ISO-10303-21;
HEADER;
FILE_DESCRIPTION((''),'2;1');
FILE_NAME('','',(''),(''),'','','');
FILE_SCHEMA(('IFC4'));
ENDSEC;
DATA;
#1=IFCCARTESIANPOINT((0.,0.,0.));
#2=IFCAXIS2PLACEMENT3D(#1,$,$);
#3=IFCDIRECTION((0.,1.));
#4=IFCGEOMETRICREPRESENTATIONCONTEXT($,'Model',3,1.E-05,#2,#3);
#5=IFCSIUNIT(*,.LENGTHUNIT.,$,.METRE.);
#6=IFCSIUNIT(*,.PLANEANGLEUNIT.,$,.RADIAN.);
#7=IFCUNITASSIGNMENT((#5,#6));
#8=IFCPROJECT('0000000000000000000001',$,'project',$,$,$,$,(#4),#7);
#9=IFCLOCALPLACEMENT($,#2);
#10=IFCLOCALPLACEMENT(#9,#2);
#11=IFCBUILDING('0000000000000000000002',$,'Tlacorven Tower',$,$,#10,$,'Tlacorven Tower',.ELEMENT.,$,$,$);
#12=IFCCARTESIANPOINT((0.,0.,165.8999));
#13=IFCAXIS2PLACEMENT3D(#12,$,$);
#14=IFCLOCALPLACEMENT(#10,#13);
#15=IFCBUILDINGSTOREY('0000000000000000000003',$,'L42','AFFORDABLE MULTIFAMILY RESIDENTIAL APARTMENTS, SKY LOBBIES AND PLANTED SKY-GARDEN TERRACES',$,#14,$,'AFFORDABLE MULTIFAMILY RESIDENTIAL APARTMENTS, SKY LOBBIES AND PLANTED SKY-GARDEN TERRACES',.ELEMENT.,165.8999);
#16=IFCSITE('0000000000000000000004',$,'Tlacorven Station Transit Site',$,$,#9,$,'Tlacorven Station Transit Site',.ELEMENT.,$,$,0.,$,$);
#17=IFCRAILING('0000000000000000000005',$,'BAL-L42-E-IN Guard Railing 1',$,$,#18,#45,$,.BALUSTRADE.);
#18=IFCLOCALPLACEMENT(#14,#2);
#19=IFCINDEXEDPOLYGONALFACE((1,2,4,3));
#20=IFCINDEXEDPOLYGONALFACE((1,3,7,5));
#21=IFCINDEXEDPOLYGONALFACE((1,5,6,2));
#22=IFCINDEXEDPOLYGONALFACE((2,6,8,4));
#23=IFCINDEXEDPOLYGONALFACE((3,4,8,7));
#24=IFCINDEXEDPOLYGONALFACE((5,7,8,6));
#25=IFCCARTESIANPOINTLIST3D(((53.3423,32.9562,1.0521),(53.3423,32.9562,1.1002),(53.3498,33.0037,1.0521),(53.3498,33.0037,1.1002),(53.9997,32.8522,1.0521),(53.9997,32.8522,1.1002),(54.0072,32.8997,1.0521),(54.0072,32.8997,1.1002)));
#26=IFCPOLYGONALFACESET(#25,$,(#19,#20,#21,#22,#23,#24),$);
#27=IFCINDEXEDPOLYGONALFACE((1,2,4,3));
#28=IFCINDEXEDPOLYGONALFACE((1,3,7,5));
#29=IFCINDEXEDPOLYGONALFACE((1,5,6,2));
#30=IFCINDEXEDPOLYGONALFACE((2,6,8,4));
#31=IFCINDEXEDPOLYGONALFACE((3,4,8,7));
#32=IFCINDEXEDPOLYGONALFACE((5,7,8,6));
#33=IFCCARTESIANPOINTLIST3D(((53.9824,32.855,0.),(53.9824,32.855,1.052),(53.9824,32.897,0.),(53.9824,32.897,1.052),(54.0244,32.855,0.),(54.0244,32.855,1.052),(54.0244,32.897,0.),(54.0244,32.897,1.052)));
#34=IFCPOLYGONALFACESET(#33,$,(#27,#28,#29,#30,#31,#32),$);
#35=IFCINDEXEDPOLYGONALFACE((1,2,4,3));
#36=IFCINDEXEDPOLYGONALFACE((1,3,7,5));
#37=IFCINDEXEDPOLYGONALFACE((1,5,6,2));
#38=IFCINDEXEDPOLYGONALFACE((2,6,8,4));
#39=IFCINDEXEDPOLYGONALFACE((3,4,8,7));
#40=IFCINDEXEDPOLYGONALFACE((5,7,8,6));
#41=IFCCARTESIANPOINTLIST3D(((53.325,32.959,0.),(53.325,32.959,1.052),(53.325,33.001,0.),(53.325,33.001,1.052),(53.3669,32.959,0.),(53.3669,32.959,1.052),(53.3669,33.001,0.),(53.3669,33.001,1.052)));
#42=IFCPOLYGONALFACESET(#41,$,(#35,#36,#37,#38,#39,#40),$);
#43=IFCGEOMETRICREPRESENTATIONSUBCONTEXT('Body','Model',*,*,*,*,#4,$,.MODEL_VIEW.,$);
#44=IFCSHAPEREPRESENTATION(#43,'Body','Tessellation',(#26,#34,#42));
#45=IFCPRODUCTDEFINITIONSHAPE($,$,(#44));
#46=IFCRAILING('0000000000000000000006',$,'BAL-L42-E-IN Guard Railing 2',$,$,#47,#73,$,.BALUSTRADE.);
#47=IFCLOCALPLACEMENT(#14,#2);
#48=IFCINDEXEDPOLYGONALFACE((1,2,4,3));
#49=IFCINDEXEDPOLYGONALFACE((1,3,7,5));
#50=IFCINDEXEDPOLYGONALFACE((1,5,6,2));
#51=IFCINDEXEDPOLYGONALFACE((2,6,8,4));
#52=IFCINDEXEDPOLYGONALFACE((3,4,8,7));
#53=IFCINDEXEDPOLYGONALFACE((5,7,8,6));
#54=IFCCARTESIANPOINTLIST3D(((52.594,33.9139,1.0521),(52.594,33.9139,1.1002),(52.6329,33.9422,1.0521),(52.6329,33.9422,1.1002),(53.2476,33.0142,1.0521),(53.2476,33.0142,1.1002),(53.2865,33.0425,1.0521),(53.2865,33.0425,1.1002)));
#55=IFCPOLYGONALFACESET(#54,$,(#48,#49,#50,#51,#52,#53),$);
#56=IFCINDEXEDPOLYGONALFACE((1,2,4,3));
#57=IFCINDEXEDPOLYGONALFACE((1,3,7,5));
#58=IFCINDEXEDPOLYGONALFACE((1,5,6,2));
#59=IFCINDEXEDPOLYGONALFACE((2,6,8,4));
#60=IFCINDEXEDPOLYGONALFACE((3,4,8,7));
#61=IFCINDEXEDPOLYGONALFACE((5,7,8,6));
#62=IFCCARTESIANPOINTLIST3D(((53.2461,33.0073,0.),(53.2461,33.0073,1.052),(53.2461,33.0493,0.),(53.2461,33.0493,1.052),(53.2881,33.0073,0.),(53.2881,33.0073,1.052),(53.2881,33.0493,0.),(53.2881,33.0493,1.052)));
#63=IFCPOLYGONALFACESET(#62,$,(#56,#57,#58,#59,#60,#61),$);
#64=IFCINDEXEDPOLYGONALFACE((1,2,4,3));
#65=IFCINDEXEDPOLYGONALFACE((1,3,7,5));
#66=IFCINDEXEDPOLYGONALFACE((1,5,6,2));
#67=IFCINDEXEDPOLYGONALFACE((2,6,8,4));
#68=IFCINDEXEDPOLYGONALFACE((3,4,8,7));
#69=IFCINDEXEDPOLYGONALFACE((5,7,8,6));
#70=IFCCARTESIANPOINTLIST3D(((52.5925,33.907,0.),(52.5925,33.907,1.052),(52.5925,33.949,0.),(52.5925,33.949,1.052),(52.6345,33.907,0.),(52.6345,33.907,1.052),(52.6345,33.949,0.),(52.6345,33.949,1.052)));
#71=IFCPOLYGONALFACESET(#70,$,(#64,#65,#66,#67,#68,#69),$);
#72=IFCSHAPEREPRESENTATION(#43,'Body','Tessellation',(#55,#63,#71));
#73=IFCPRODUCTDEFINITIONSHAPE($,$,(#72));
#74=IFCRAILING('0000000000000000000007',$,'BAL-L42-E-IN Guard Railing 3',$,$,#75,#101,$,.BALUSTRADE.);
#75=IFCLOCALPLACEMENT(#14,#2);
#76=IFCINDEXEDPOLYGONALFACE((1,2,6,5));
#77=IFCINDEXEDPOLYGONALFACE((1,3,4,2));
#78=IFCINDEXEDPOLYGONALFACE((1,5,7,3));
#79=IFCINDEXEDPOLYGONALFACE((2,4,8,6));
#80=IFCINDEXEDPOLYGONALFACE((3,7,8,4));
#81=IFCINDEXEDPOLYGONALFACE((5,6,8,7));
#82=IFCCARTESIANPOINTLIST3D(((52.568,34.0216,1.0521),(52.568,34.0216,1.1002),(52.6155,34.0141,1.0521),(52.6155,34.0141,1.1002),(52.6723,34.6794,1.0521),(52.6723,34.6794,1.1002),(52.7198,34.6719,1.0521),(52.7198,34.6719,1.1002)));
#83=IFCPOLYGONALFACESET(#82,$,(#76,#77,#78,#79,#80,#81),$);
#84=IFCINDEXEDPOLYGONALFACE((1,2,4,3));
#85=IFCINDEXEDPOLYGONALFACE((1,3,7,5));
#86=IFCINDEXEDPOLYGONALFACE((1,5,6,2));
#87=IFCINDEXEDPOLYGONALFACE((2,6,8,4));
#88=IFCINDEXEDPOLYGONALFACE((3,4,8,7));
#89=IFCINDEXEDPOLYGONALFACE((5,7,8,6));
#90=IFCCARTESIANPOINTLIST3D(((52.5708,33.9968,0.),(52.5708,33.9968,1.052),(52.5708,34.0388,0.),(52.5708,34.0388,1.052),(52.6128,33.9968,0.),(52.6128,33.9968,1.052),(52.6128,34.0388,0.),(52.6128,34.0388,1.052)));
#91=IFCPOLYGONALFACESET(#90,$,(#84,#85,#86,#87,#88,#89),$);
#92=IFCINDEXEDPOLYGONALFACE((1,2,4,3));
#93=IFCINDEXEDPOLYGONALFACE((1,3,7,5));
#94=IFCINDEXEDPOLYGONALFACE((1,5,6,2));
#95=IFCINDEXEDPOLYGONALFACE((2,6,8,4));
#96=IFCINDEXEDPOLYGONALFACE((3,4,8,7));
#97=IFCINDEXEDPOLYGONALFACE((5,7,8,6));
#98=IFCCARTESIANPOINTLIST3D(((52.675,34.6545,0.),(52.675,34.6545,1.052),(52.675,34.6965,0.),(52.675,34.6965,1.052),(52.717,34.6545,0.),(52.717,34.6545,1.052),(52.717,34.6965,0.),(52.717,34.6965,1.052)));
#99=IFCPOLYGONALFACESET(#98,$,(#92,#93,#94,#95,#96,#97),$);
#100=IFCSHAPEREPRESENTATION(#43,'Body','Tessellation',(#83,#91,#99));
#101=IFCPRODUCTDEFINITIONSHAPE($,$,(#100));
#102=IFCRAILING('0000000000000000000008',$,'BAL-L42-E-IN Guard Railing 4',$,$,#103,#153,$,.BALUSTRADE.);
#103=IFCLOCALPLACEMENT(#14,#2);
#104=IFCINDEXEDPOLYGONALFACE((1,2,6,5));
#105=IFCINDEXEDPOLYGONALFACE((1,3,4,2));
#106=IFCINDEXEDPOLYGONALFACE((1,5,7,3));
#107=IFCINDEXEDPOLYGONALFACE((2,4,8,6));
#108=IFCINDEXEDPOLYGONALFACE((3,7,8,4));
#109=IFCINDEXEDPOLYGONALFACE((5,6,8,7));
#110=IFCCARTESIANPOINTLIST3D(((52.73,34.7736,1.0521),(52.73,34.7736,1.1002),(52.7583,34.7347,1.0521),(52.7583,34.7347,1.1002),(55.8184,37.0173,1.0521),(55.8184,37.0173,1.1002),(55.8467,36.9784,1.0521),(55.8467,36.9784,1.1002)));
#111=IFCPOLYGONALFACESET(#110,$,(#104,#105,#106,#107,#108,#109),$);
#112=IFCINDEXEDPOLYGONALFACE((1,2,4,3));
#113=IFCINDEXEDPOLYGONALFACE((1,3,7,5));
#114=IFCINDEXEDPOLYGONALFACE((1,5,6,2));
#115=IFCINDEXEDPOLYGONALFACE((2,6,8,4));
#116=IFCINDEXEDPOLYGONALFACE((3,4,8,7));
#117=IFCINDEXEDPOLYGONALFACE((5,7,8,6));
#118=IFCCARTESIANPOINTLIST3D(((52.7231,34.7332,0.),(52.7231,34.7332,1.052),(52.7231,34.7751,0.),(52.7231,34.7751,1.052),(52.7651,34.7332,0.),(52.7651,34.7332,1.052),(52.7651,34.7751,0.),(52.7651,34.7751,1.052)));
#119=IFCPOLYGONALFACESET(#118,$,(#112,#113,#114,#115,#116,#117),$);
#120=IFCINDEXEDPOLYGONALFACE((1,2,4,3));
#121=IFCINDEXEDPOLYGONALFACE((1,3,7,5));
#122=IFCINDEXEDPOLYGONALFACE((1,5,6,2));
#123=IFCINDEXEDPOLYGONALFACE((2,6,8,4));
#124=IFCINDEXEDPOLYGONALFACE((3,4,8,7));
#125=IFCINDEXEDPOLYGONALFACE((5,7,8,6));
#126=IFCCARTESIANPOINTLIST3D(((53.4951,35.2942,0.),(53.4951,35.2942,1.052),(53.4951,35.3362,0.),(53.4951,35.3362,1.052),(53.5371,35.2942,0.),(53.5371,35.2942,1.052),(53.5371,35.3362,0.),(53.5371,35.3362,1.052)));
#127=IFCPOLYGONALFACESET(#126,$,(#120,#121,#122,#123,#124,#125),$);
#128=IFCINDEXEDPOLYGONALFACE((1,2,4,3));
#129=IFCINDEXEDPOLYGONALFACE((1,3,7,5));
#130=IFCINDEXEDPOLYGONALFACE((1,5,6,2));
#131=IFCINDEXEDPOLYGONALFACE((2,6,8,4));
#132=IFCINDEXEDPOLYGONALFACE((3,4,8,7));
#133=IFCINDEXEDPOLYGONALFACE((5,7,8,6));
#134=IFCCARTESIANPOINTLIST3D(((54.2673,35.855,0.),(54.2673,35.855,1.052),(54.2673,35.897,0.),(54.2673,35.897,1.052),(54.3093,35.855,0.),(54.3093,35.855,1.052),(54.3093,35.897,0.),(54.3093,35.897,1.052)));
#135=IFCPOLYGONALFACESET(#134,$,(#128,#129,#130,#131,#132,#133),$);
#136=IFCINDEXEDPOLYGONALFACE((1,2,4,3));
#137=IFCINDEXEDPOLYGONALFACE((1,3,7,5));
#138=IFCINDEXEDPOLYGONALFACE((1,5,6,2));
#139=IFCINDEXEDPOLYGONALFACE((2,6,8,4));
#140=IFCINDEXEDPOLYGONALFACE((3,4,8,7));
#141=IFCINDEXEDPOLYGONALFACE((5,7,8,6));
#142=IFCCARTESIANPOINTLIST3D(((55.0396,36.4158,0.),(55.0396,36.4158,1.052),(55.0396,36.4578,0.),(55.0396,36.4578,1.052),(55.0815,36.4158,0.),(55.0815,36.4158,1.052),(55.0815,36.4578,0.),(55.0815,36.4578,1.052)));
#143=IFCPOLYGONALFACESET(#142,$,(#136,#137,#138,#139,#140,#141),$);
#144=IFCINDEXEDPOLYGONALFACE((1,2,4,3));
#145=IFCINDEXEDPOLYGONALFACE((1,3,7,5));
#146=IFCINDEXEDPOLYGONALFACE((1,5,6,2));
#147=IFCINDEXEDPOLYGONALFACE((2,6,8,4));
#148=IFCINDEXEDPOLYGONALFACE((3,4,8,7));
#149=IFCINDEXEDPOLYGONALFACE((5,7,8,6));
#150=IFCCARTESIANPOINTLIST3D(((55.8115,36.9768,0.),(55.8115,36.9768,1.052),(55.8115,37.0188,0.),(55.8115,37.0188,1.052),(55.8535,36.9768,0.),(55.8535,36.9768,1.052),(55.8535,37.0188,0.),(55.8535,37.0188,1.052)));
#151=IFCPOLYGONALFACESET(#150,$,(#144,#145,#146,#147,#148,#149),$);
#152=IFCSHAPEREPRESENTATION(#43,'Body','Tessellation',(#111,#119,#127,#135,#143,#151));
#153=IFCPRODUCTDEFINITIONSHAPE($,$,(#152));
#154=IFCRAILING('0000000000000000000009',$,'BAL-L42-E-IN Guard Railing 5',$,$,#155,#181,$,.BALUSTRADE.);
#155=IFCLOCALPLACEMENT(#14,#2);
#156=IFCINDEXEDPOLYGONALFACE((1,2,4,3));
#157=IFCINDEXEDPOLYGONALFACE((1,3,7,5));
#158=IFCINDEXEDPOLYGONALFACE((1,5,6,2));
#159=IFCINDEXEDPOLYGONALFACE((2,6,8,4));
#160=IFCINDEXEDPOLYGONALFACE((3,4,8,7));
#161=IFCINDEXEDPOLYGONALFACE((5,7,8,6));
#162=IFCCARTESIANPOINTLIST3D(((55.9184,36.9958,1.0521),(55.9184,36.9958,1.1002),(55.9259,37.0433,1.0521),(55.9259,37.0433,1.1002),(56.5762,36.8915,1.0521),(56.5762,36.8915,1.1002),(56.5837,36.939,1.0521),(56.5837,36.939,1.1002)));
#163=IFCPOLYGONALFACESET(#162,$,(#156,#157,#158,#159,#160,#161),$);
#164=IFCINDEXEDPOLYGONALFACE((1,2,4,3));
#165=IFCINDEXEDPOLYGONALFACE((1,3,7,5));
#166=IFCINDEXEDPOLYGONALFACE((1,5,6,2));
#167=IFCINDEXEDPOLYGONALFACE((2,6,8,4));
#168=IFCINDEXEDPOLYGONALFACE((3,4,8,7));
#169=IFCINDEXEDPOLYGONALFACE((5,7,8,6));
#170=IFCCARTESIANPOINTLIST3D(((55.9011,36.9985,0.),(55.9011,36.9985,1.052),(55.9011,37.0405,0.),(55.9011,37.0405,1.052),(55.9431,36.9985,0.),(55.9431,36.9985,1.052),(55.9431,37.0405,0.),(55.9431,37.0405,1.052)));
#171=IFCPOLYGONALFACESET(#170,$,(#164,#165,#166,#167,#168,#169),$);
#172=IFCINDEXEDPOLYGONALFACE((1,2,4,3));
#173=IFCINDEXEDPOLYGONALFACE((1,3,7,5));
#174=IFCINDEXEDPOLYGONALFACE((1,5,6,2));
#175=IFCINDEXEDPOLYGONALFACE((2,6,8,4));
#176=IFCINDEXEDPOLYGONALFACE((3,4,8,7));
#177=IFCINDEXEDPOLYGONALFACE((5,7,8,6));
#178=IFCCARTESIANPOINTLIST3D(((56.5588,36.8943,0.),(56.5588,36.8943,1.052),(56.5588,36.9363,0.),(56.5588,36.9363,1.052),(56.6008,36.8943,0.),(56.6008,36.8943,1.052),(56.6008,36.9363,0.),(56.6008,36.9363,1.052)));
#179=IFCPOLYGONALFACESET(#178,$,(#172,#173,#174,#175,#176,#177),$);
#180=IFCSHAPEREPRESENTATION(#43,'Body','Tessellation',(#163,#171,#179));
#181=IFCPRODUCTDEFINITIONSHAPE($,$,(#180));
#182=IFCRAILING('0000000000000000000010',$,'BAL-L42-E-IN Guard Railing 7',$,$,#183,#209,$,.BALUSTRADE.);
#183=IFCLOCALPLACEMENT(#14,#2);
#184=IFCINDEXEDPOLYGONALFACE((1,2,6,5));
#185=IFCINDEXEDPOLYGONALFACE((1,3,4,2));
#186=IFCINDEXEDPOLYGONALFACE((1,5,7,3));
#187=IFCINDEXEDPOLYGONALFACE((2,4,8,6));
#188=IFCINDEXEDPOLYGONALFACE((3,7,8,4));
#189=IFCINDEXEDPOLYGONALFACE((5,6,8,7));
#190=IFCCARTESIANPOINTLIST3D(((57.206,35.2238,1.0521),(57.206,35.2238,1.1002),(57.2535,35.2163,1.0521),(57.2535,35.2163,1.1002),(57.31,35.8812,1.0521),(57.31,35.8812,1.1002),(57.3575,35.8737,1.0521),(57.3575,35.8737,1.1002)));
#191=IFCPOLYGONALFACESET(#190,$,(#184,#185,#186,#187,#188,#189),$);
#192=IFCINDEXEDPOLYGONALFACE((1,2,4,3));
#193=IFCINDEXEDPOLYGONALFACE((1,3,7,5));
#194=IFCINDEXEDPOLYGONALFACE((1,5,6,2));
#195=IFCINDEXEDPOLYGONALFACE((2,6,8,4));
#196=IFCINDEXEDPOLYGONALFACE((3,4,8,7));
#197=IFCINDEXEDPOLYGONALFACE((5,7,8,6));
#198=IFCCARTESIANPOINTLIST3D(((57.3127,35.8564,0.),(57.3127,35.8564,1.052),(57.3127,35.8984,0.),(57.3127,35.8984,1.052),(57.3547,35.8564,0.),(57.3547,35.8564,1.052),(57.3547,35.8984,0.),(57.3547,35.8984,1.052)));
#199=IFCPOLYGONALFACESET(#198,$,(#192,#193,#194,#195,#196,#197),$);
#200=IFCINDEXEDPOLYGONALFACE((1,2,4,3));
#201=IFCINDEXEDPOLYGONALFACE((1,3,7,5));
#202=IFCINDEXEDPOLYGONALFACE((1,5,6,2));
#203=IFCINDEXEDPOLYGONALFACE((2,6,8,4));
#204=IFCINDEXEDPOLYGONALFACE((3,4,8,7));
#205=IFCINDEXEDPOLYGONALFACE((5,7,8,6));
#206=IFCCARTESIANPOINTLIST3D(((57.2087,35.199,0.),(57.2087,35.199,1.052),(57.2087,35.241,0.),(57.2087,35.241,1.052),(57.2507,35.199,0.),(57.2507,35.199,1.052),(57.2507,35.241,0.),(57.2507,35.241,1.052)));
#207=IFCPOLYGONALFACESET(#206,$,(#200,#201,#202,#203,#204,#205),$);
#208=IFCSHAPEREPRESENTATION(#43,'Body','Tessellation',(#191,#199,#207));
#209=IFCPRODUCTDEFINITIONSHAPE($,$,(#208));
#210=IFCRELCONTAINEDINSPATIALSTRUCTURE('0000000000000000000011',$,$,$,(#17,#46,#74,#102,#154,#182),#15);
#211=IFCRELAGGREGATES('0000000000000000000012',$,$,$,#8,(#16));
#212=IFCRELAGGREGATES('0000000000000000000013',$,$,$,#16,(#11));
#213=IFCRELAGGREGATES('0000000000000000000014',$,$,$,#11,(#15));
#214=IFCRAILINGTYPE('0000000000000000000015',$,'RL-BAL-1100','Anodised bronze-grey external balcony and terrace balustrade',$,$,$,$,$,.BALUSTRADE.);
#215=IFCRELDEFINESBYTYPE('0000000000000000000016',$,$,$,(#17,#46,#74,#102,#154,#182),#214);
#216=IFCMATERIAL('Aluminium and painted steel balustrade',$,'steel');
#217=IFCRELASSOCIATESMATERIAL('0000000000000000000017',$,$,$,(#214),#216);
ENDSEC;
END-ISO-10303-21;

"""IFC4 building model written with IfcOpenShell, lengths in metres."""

from ifc_helpers import new_model, si_unit, direction, frame, origin, origin_2d, place, context, subcontext, project, spatial, rectangle, extrude, source, transform, mapped, material, type_object, element, save


model = new_model("IFC4")

# Units and contexts
model_context = context("Model", 3, precision=1e-05, world=origin(), true_north=direction((0.0, 1.0)))
body_context = subcontext(model_context, "Body", "Model", "MODEL_VIEW")
ifc_project = project(units=[si_unit("LENGTHUNIT", "METRE"), si_unit("PLANEANGLEUNIT", "RADIAN")], contexts=[model_context])

# Site, building, storey
site_placement = place(None, origin())
site = spatial("IfcSite", under=ifc_project, at=site_placement, Name="Tlacorven Station Transit Site", LongName="Tlacorven Station Transit Site", CompositionType="ELEMENT", RefElevation=0.0)
building_placement = place(site_placement, origin())
building = spatial("IfcBuilding", under=site, at=building_placement, Name="Tlacorven Tower", LongName="Tlacorven Tower", CompositionType="ELEMENT")
storey_placement = place(building_placement, frame((0.0, 0.0, 165.8999)))
storey = spatial("IfcBuildingStorey", under=building, at=storey_placement, Name="L42", Description="AFFORDABLE MULTIFAMILY RESIDENTIAL APARTMENTS, SKY LOBBIES AND PLANTED SKY-GARDEN TERRACES", LongName="AFFORDABLE MULTIFAMILY RESIDENTIAL APARTMENTS, SKY LOBBIES AND PLANTED SKY-GARDEN TERRACES", CompositionType="ELEMENT", Elevation=165.8999)

# Railings
ifc_material_1 = material(Name="Aluminium and painted steel balustrade", Category="steel")
railing_type_1 = type_object("IfcRailingType", Name="RL-BAL-1100", Description="Anodised bronze-grey external balcony and terrace balustrade", PredefinedType="BALUSTRADE", material=ifc_material_1)
shared_shape_1 = source(origin(), body_context, "Body", "SweptSolid", [
    extrude(rectangle(XDim=0.0481, YDim=0.0481, at=origin_2d()), frame((0.0, 0.0, 1.0762), z_axis=(-0.987718, 0.156245, 0.0), x_axis=(-0.156245, -0.987718, 0.0)), (0.0, 0.0, 1.0), 0.6655),
    extrude(rectangle(XDim=0.042, YDim=0.042, at=origin_2d()), origin(), (0.0, 0.0, 1.0), 1.052),
    extrude(rectangle(XDim=0.042, YDim=0.042, at=origin_2d()), frame((-0.6575, 0.104, 0.0)), (0.0, 0.0, 1.0), 1.052),
])
railing_1_placement = place(storey_placement, frame((54.0034, 32.876, 0.0)))
element("IfcRailing", 1, at=railing_1_placement, inside=storey, type_object=railing_type_1, Name="BAL-L42-E-IN Guard Railing 1", PredefinedType="BALUSTRADE", context=body_context, shape_type="MappedRepresentation", body=[
    mapped(shared_shape_1, transform((0.0, 0.0, 0.0), scale=1.0)),
])
shared_shape_2 = source(origin(), body_context, "Body", "SweptSolid", [
    extrude(rectangle(XDim=0.0481, YDim=0.0481, at=origin_2d()), frame((0.0, 0.0, 1.0762), z_axis=(-0.587741, 0.809049, 0.0), x_axis=(-0.809049, -0.587741, 0.0)), (0.0, 0.0, 1.0), 1.1121),
    extrude(rectangle(XDim=0.042, YDim=0.042, at=origin_2d()), origin(), (0.0, 0.0, 1.0), 1.052),
    extrude(rectangle(XDim=0.042, YDim=0.042, at=origin_2d()), frame((-0.6536, 0.8997, 0.0)), (0.0, 0.0, 1.0), 1.052),
])
railing_2_placement = place(storey_placement, frame((53.2671, 33.0283, 0.0)))
element("IfcRailing", 2, at=railing_2_placement, inside=storey, type_object=railing_type_1, Name="BAL-L42-E-IN Guard Railing 2", PredefinedType="BALUSTRADE", context=body_context, shape_type="MappedRepresentation", body=[
    mapped(shared_shape_2, transform((0.0, 0.0, 0.0), scale=1.0)),
])
shared_shape_3 = source(origin(), body_context, "Body", "SweptSolid", [
    extrude(rectangle(XDim=0.0481, YDim=0.0481, at=origin_2d()), frame((0.0, 0.0, 1.0762), z_axis=(0.156546, 0.987671, 0.0), x_axis=(-0.987671, 0.156546, 0.0)), (0.0, 0.0, 1.0), 0.666),
    extrude(rectangle(XDim=0.042, YDim=0.042, at=origin_2d()), origin(), (0.0, 0.0, 1.0), 1.052),
    extrude(rectangle(XDim=0.042, YDim=0.042, at=origin_2d()), frame((0.1042, 0.6577, 0.0)), (0.0, 0.0, 1.0), 1.052),
])
railing_3_placement = place(storey_placement, frame((52.5918, 34.0178, 0.0)))
element("IfcRailing", 3, at=railing_3_placement, inside=storey, type_object=railing_type_1, Name="BAL-L42-E-IN Guard Railing 3", PredefinedType="BALUSTRADE", context=body_context, shape_type="MappedRepresentation", body=[
    mapped(shared_shape_3, transform((0.0, 0.0, 0.0), scale=1.0)),
])
shared_shape_4 = source(origin(), body_context, "Body", "SweptSolid", [
    extrude(rectangle(XDim=0.0481, YDim=0.0481, at=origin_2d()), frame((0.0, 0.0, 1.0762), z_axis=(0.80904, 0.587753, 0.0), x_axis=(-0.587753, 0.80904, 0.0)), (0.0, 0.0, 1.0), 3.8174),
    extrude(rectangle(XDim=0.042, YDim=0.042, at=origin_2d()), origin(), (0.0, 0.0, 1.0), 1.052),
    extrude(rectangle(XDim=0.042, YDim=0.042, at=origin_2d()), frame((0.772, 0.561, 0.0)), (0.0, 0.0, 1.0), 1.052),
    extrude(rectangle(XDim=0.042, YDim=0.042, at=origin_2d()), frame((1.5442, 1.1218, 0.0)), (0.0, 0.0, 1.0), 1.052),
    extrude(rectangle(XDim=0.042, YDim=0.042, at=origin_2d()), frame((2.3164, 1.6826, 0.0)), (0.0, 0.0, 1.0), 1.052),
    extrude(rectangle(XDim=0.042, YDim=0.042, at=origin_2d()), frame((3.0884, 2.2437, 0.0)), (0.0, 0.0, 1.0), 1.052),
])
railing_4_placement = place(storey_placement, frame((52.7441, 34.7542, 0.0)))
element("IfcRailing", 4, at=railing_4_placement, inside=storey, type_object=railing_type_1, Name="BAL-L42-E-IN Guard Railing 4", PredefinedType="BALUSTRADE", context=body_context, shape_type="MappedRepresentation", body=[
    mapped(shared_shape_4, transform((0.0, 0.0, 0.0), scale=1.0)),
])
shared_shape_5 = source(origin(), body_context, "Body", "SweptSolid", [
    extrude(rectangle(XDim=0.0481, YDim=0.0481, at=origin_2d()), frame((0.0, 0.0, 1.0762), z_axis=(0.987671, -0.156546, 0.0), x_axis=(0.156546, 0.987671, 0.0)), (0.0, 0.0, 1.0), 0.666),
    extrude(rectangle(XDim=0.042, YDim=0.042, at=origin_2d()), origin(), (0.0, 0.0, 1.0), 1.052),
    extrude(rectangle(XDim=0.042, YDim=0.042, at=origin_2d()), frame((0.6577, -0.1042, 0.0)), (0.0, 0.0, 1.0), 1.052),
])
railing_5_placement = place(storey_placement, frame((55.9221, 37.0195, 0.0)))
element("IfcRailing", 5, at=railing_5_placement, inside=storey, type_object=railing_type_1, Name="BAL-L42-E-IN Guard Railing 5", PredefinedType="BALUSTRADE", context=body_context, shape_type="MappedRepresentation", body=[
    mapped(shared_shape_5, transform((0.0, 0.0, 0.0), scale=1.0)),
])
shared_shape_6 = source(origin(), body_context, "Body", "SweptSolid", [
    extrude(rectangle(XDim=0.0481, YDim=0.0481, at=origin_2d()), frame((0.0, 0.0, 1.0762), z_axis=(-0.156245, -0.987718, 0.0), x_axis=(0.987718, -0.156245, 0.0)), (0.0, 0.0, 1.0), 0.6655),
    extrude(rectangle(XDim=0.042, YDim=0.042, at=origin_2d()), origin(), (0.0, 0.0, 1.0), 1.052),
    extrude(rectangle(XDim=0.042, YDim=0.042, at=origin_2d()), frame((-0.104, -0.6575, 0.0)), (0.0, 0.0, 1.0), 1.052),
])
railing_6_placement = place(storey_placement, frame((57.3337, 35.8774, 0.0)))
element("IfcRailing", 6, at=railing_6_placement, inside=storey, type_object=railing_type_1, Name="BAL-L42-E-IN Guard Railing 7", PredefinedType="BALUSTRADE", context=body_context, shape_type="MappedRepresentation", body=[
    mapped(shared_shape_6, transform((0.0, 0.0, 0.0), scale=1.0)),
])

save(model, "model.ifc")
